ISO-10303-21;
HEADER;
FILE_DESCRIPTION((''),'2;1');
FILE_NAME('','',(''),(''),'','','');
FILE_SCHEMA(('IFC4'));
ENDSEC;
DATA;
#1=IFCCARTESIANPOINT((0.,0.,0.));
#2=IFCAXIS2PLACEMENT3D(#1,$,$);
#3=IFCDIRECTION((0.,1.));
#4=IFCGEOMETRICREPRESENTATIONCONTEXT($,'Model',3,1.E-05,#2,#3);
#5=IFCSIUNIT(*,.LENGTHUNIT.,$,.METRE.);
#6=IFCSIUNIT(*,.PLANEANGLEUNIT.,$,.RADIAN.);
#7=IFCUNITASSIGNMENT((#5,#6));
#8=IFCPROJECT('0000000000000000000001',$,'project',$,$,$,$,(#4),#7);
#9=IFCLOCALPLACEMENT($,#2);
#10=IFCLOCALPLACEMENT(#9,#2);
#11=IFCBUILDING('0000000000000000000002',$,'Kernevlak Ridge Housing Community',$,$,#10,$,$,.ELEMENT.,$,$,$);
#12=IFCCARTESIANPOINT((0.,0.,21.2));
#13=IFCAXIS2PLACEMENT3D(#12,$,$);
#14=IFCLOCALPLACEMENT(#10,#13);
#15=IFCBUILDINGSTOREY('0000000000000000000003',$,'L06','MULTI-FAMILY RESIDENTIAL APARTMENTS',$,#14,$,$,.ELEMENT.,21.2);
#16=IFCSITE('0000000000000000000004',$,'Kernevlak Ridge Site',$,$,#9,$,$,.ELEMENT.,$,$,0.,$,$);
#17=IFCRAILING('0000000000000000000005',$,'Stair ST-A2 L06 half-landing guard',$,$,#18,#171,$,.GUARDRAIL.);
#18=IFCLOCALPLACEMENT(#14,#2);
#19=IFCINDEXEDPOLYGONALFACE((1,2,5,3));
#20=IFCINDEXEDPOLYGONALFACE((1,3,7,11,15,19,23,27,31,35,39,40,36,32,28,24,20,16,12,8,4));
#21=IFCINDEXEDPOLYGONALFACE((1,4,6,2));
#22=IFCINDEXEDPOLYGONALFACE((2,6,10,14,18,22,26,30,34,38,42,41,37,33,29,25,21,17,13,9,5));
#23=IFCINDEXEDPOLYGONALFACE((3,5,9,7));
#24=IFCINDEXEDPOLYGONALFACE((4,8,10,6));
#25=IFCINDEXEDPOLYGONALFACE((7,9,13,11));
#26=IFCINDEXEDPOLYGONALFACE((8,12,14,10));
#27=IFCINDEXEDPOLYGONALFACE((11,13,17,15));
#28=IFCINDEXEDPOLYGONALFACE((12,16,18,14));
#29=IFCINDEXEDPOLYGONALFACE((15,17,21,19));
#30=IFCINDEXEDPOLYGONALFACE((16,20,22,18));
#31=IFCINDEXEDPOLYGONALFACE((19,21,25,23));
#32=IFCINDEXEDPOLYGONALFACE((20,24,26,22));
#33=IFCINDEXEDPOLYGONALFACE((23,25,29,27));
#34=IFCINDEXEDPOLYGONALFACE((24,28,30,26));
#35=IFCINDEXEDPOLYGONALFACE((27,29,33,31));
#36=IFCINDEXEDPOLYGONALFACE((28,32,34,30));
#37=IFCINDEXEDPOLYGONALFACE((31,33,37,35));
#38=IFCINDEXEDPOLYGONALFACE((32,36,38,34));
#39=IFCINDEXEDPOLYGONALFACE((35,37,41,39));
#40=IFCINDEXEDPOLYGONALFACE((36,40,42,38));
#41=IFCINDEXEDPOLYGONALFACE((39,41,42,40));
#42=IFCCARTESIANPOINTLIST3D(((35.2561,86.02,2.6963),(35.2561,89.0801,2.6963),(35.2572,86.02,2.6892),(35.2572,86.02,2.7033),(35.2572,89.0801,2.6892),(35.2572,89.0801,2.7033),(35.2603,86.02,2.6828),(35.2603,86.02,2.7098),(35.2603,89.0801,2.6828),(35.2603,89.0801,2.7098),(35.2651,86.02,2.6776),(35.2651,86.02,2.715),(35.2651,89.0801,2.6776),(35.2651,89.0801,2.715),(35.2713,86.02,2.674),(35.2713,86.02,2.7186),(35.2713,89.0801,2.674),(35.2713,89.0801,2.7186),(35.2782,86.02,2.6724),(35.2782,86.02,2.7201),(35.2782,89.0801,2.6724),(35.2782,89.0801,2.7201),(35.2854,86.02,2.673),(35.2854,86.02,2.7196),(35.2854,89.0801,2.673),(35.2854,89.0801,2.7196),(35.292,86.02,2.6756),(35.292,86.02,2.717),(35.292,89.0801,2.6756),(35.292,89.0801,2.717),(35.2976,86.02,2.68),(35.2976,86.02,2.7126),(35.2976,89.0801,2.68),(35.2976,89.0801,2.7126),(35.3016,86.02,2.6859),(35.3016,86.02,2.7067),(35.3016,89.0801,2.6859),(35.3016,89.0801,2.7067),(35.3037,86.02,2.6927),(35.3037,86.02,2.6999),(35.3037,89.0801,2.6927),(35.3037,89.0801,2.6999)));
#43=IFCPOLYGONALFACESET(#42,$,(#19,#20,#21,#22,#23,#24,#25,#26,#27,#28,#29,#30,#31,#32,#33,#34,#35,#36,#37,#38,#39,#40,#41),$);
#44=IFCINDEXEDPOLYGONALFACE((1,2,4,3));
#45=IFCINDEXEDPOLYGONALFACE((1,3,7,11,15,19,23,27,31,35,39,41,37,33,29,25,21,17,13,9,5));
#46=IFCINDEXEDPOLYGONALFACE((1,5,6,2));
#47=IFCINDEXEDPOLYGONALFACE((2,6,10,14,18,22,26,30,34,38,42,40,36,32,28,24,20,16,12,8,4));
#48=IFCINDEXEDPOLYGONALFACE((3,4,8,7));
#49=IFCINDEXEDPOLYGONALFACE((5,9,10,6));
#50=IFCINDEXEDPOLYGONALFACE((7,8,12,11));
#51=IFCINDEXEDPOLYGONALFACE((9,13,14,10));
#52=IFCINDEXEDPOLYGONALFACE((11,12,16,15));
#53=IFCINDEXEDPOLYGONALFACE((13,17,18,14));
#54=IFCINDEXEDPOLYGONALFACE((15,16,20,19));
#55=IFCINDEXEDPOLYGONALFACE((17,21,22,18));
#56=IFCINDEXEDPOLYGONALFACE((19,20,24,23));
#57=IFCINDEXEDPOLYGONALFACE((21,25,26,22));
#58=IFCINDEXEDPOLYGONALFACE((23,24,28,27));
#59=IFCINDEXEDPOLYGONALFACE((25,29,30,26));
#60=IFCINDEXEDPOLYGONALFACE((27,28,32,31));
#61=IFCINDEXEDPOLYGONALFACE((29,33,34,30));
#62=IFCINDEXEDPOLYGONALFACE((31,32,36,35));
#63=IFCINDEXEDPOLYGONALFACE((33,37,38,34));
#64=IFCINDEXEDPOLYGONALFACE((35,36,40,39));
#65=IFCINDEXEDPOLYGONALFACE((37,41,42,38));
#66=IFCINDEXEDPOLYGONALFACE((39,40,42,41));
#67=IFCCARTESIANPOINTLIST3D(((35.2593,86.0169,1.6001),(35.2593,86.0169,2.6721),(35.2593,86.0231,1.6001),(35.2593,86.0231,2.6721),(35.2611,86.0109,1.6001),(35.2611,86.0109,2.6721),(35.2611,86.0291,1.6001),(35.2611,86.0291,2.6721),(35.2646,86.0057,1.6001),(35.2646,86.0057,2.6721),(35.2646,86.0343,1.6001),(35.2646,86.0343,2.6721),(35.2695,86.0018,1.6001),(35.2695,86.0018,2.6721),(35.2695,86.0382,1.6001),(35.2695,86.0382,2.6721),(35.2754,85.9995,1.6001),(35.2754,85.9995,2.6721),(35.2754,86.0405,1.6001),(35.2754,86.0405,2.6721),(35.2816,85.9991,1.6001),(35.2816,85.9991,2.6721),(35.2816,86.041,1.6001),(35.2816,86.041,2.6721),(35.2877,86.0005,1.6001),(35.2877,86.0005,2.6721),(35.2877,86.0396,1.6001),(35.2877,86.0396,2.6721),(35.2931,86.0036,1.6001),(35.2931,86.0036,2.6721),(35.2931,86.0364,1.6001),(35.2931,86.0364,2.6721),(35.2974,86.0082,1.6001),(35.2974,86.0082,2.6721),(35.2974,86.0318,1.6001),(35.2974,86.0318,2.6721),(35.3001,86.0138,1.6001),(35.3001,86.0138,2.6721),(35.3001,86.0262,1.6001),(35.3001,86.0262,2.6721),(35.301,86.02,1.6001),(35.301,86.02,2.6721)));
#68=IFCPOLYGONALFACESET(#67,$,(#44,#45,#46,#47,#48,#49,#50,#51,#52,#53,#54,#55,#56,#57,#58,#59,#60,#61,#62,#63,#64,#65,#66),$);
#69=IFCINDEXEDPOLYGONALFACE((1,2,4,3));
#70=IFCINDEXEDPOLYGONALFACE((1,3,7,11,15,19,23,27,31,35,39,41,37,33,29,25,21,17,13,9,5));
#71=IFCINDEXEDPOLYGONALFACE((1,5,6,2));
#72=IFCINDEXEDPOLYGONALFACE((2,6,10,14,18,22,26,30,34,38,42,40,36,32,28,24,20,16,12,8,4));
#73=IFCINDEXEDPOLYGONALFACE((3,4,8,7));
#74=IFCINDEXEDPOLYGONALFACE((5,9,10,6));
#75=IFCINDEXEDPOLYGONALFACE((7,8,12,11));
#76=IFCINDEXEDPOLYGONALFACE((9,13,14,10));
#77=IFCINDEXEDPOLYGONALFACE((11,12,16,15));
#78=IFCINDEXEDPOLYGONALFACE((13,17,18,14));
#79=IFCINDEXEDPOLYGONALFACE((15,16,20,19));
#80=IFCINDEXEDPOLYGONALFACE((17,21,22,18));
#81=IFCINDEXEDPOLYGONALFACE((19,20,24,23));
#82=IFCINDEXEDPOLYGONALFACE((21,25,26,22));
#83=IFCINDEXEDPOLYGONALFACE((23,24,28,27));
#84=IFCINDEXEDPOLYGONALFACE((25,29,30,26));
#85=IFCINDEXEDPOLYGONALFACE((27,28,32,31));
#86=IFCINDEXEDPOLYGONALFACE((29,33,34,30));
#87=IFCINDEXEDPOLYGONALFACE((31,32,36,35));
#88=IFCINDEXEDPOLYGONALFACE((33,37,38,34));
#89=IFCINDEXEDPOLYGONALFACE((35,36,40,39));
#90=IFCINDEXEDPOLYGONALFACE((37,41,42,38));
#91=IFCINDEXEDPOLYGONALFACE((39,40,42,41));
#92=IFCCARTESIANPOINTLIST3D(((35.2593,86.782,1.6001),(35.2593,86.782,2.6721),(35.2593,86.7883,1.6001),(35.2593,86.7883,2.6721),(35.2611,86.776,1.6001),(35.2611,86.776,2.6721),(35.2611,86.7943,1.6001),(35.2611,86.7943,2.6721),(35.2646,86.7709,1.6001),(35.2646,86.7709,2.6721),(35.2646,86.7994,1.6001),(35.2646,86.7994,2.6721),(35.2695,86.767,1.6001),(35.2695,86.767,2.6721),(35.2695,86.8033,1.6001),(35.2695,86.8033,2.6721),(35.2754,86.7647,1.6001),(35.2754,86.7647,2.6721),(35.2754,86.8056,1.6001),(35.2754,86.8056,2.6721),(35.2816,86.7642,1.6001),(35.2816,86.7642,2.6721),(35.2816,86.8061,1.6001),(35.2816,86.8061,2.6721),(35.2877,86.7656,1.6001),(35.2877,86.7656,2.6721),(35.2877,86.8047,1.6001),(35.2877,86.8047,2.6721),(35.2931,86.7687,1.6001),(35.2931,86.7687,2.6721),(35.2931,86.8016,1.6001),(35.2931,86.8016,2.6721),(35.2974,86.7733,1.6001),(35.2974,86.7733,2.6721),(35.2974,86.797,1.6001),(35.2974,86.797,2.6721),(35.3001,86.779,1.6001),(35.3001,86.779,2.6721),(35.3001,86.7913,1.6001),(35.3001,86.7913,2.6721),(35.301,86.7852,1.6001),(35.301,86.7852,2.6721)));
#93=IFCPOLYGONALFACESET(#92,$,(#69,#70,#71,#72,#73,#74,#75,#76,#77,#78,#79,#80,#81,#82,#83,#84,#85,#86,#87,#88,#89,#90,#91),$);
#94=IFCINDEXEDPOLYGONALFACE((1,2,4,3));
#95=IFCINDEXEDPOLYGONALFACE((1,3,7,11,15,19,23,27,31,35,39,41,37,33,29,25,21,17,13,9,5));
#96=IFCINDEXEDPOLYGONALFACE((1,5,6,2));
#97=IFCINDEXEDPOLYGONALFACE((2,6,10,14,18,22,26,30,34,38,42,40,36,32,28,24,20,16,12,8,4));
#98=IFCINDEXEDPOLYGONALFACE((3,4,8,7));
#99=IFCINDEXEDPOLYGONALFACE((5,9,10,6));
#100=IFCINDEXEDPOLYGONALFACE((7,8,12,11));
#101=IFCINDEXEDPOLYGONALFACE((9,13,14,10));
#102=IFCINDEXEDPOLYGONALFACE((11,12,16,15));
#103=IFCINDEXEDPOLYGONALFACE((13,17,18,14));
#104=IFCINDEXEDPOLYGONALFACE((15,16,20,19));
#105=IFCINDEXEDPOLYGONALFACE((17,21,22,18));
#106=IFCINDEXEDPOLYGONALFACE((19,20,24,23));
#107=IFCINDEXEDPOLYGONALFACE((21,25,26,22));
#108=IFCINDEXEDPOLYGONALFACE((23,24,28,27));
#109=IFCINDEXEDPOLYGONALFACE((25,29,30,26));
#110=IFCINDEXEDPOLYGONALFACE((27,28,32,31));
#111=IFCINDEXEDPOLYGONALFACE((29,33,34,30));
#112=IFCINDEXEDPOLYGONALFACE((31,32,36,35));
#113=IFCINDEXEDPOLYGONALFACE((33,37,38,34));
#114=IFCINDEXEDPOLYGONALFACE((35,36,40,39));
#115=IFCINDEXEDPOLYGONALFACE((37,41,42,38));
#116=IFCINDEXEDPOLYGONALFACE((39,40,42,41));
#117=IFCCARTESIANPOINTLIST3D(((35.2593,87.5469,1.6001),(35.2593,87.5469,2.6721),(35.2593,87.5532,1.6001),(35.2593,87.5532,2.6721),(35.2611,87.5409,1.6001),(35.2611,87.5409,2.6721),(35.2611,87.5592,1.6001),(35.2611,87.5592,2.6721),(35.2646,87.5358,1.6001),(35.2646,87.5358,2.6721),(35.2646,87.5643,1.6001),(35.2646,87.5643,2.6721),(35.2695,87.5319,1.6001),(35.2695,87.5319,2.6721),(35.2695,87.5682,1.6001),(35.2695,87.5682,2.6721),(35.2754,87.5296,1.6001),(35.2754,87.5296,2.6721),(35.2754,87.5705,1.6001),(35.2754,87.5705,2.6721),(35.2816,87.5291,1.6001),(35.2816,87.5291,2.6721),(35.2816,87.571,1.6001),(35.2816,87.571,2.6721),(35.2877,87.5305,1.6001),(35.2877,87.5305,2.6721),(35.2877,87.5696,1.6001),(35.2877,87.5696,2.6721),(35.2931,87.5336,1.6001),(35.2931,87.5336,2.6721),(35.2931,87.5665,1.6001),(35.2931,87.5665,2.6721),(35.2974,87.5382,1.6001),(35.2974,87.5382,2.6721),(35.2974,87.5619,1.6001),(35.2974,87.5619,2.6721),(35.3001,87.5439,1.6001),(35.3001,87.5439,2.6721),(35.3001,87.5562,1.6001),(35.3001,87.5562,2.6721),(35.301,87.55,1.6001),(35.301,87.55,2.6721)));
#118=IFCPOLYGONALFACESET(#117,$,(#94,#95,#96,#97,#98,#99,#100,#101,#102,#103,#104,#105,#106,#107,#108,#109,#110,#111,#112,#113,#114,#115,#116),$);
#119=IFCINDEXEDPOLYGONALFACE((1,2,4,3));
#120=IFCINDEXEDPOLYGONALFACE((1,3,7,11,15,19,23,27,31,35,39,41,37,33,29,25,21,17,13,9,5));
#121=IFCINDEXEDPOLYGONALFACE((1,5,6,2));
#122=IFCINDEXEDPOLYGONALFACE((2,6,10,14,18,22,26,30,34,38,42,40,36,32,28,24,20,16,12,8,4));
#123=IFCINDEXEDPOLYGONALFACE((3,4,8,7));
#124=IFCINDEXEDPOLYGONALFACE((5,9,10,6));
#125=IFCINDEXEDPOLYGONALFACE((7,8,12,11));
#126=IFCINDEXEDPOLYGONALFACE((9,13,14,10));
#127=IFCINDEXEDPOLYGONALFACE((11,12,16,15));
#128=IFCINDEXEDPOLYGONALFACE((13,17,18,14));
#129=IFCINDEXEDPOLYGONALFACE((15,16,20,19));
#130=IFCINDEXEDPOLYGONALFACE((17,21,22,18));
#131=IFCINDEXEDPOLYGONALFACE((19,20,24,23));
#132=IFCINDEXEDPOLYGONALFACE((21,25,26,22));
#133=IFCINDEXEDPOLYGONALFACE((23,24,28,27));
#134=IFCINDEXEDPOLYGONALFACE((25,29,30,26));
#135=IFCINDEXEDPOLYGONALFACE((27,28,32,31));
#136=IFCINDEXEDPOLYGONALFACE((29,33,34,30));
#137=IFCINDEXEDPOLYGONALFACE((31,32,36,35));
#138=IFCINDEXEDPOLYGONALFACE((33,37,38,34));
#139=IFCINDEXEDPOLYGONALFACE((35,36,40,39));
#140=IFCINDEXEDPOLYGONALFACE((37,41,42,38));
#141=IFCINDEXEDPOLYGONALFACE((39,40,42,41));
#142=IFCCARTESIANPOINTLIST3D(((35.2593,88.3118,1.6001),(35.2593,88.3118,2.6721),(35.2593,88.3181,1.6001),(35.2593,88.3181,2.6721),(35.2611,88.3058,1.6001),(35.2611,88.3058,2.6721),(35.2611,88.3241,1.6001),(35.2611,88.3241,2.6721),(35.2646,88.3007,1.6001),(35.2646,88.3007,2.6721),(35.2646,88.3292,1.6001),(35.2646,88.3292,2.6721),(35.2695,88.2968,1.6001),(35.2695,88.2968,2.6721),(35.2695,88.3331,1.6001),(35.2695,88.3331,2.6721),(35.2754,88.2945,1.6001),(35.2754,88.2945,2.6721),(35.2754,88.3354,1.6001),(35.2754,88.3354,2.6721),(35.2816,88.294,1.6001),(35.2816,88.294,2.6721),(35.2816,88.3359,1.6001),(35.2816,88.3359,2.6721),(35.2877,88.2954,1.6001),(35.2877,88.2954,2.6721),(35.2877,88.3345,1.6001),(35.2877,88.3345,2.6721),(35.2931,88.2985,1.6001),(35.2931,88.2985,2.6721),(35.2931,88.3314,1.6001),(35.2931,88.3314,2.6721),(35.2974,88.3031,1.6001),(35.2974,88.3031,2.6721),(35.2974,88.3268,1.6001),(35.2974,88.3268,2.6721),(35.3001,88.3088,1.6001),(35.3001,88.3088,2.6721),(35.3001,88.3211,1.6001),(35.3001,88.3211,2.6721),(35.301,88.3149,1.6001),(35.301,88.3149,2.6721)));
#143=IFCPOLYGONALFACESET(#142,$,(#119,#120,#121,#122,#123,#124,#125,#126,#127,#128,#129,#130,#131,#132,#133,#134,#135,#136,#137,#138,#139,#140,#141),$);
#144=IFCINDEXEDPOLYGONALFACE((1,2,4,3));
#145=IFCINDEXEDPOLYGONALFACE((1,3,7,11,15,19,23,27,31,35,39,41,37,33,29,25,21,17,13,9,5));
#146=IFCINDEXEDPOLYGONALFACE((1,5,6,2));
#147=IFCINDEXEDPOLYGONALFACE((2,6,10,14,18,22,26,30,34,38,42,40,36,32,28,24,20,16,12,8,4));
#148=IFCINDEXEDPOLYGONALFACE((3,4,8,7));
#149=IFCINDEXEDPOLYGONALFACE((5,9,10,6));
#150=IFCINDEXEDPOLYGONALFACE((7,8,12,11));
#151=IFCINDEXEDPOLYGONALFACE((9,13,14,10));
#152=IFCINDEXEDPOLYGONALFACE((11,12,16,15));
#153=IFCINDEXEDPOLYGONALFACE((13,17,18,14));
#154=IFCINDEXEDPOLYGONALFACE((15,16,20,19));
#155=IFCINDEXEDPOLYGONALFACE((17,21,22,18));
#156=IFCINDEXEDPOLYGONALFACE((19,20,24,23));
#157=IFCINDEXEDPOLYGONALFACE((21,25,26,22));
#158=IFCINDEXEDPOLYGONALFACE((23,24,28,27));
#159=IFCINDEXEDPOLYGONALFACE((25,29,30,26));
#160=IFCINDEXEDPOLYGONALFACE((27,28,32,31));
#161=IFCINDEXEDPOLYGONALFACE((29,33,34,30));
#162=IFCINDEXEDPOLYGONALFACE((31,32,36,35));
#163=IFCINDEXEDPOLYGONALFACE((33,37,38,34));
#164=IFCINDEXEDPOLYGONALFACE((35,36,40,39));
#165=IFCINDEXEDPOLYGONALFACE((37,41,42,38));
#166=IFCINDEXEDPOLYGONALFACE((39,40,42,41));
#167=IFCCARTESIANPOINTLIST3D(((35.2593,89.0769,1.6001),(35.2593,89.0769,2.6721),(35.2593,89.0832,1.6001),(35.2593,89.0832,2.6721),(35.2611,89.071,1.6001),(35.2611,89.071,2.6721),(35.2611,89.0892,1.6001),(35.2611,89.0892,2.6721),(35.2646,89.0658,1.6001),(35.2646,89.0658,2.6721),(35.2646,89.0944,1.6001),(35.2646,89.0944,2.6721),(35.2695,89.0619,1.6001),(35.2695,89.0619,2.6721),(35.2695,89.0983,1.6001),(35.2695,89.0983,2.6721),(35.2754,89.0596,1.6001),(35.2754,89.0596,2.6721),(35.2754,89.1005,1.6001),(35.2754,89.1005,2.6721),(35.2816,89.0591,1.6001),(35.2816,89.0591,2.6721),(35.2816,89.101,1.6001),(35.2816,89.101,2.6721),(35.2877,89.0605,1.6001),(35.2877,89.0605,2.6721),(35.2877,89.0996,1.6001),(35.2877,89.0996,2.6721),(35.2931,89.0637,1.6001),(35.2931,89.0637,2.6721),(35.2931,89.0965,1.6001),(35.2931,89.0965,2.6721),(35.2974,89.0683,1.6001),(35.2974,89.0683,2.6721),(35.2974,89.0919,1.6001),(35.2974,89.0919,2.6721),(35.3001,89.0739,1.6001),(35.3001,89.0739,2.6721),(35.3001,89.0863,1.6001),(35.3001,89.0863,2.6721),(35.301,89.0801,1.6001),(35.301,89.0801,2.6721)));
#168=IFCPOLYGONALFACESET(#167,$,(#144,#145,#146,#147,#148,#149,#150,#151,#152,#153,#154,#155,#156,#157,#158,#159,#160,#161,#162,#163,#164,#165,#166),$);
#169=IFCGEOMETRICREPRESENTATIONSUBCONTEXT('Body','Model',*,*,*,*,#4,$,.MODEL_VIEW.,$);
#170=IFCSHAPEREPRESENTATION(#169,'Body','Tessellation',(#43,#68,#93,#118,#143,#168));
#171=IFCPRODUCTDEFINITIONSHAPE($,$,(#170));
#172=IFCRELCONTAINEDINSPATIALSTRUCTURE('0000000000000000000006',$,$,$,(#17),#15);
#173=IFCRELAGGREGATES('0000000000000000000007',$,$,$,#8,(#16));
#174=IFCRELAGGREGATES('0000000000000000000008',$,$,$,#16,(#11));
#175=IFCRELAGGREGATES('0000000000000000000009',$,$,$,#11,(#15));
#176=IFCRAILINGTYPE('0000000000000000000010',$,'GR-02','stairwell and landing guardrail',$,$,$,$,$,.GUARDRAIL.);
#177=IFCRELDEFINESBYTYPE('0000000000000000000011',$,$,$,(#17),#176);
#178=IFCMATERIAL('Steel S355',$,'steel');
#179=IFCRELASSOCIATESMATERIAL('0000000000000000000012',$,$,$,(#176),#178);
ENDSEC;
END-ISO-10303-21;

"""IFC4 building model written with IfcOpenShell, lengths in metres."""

from ifc_helpers import new_model, si_unit, direction, frame, origin, origin_2d, place, context, subcontext, project, spatial, circle, extrude, material, type_object, element, save


model = new_model("IFC4")

# Units and contexts
model_context = context("Model", 3, precision=1e-05, world=origin(), true_north=direction((0.0, 1.0)))
body_context = subcontext(model_context, "Body", "Model", "MODEL_VIEW")
ifc_project = project(units=[si_unit("LENGTHUNIT", "METRE"), si_unit("PLANEANGLEUNIT", "RADIAN")], contexts=[model_context])

# Site, building, storey
site_placement = place(None, origin())
site = spatial("IfcSite", under=ifc_project, at=site_placement, Name="Kernevlak Ridge Site", CompositionType="ELEMENT", RefElevation=0.0)
building_placement = place(site_placement, origin())
building = spatial("IfcBuilding", under=site, at=building_placement, Name="Kernevlak Ridge Housing Community", CompositionType="ELEMENT")
storey_placement = place(building_placement, frame((0.0, 0.0, 21.2)))
storey = spatial("IfcBuildingStorey", under=building, at=storey_placement, Name="L06", Description="MULTI-FAMILY RESIDENTIAL APARTMENTS", CompositionType="ELEMENT", Elevation=21.2)

# Railing
ifc_material_1 = material(Name="Steel S355", Category="steel")
railing_type_1 = type_object("IfcRailingType", Name="GR-02", Description="stairwell and landing guardrail", PredefinedType="GUARDRAIL", material=ifc_material_1)
railing_1_placement = place(storey_placement, frame((35.28, 86.02, 1.6001)))
element("IfcRailing", 1, at=railing_1_placement, inside=storey, type_object=railing_type_1, Name="Stair ST-A2 L06 half-landing guard", PredefinedType="GUARDRAIL", context=body_context, shape_type="SweptSolid", body=[
    extrude(circle(Radius=0.0239, at=origin_2d()), frame((0.0, 0.0, 1.0962), z_axis=(0.0, 1.0, 0.0), x_axis=(-1.0, 0.0, 0.0)), (0.0, 0.0, 1.0), 3.0601),
    extrude(circle(Radius=0.021, at=origin_2d()), origin(), (0.0, 0.0, 1.0), 1.072),
    extrude(circle(Radius=0.021, at=origin_2d()), frame((0.0, 0.7651, 0.0)), (0.0, 0.0, 1.0), 1.072),
    extrude(circle(Radius=0.021, at=origin_2d()), frame((0.0, 1.53, 0.0)), (0.0, 0.0, 1.0), 1.072),
    extrude(circle(Radius=0.021, at=origin_2d()), frame((0.0, 2.2949, 0.0)), (0.0, 0.0, 1.0), 1.072),
    extrude(circle(Radius=0.021, at=origin_2d()), frame((0.0, 3.0601, 0.0)), (0.0, 0.0, 1.0), 1.072),
])

save(model, "model.ifc")
